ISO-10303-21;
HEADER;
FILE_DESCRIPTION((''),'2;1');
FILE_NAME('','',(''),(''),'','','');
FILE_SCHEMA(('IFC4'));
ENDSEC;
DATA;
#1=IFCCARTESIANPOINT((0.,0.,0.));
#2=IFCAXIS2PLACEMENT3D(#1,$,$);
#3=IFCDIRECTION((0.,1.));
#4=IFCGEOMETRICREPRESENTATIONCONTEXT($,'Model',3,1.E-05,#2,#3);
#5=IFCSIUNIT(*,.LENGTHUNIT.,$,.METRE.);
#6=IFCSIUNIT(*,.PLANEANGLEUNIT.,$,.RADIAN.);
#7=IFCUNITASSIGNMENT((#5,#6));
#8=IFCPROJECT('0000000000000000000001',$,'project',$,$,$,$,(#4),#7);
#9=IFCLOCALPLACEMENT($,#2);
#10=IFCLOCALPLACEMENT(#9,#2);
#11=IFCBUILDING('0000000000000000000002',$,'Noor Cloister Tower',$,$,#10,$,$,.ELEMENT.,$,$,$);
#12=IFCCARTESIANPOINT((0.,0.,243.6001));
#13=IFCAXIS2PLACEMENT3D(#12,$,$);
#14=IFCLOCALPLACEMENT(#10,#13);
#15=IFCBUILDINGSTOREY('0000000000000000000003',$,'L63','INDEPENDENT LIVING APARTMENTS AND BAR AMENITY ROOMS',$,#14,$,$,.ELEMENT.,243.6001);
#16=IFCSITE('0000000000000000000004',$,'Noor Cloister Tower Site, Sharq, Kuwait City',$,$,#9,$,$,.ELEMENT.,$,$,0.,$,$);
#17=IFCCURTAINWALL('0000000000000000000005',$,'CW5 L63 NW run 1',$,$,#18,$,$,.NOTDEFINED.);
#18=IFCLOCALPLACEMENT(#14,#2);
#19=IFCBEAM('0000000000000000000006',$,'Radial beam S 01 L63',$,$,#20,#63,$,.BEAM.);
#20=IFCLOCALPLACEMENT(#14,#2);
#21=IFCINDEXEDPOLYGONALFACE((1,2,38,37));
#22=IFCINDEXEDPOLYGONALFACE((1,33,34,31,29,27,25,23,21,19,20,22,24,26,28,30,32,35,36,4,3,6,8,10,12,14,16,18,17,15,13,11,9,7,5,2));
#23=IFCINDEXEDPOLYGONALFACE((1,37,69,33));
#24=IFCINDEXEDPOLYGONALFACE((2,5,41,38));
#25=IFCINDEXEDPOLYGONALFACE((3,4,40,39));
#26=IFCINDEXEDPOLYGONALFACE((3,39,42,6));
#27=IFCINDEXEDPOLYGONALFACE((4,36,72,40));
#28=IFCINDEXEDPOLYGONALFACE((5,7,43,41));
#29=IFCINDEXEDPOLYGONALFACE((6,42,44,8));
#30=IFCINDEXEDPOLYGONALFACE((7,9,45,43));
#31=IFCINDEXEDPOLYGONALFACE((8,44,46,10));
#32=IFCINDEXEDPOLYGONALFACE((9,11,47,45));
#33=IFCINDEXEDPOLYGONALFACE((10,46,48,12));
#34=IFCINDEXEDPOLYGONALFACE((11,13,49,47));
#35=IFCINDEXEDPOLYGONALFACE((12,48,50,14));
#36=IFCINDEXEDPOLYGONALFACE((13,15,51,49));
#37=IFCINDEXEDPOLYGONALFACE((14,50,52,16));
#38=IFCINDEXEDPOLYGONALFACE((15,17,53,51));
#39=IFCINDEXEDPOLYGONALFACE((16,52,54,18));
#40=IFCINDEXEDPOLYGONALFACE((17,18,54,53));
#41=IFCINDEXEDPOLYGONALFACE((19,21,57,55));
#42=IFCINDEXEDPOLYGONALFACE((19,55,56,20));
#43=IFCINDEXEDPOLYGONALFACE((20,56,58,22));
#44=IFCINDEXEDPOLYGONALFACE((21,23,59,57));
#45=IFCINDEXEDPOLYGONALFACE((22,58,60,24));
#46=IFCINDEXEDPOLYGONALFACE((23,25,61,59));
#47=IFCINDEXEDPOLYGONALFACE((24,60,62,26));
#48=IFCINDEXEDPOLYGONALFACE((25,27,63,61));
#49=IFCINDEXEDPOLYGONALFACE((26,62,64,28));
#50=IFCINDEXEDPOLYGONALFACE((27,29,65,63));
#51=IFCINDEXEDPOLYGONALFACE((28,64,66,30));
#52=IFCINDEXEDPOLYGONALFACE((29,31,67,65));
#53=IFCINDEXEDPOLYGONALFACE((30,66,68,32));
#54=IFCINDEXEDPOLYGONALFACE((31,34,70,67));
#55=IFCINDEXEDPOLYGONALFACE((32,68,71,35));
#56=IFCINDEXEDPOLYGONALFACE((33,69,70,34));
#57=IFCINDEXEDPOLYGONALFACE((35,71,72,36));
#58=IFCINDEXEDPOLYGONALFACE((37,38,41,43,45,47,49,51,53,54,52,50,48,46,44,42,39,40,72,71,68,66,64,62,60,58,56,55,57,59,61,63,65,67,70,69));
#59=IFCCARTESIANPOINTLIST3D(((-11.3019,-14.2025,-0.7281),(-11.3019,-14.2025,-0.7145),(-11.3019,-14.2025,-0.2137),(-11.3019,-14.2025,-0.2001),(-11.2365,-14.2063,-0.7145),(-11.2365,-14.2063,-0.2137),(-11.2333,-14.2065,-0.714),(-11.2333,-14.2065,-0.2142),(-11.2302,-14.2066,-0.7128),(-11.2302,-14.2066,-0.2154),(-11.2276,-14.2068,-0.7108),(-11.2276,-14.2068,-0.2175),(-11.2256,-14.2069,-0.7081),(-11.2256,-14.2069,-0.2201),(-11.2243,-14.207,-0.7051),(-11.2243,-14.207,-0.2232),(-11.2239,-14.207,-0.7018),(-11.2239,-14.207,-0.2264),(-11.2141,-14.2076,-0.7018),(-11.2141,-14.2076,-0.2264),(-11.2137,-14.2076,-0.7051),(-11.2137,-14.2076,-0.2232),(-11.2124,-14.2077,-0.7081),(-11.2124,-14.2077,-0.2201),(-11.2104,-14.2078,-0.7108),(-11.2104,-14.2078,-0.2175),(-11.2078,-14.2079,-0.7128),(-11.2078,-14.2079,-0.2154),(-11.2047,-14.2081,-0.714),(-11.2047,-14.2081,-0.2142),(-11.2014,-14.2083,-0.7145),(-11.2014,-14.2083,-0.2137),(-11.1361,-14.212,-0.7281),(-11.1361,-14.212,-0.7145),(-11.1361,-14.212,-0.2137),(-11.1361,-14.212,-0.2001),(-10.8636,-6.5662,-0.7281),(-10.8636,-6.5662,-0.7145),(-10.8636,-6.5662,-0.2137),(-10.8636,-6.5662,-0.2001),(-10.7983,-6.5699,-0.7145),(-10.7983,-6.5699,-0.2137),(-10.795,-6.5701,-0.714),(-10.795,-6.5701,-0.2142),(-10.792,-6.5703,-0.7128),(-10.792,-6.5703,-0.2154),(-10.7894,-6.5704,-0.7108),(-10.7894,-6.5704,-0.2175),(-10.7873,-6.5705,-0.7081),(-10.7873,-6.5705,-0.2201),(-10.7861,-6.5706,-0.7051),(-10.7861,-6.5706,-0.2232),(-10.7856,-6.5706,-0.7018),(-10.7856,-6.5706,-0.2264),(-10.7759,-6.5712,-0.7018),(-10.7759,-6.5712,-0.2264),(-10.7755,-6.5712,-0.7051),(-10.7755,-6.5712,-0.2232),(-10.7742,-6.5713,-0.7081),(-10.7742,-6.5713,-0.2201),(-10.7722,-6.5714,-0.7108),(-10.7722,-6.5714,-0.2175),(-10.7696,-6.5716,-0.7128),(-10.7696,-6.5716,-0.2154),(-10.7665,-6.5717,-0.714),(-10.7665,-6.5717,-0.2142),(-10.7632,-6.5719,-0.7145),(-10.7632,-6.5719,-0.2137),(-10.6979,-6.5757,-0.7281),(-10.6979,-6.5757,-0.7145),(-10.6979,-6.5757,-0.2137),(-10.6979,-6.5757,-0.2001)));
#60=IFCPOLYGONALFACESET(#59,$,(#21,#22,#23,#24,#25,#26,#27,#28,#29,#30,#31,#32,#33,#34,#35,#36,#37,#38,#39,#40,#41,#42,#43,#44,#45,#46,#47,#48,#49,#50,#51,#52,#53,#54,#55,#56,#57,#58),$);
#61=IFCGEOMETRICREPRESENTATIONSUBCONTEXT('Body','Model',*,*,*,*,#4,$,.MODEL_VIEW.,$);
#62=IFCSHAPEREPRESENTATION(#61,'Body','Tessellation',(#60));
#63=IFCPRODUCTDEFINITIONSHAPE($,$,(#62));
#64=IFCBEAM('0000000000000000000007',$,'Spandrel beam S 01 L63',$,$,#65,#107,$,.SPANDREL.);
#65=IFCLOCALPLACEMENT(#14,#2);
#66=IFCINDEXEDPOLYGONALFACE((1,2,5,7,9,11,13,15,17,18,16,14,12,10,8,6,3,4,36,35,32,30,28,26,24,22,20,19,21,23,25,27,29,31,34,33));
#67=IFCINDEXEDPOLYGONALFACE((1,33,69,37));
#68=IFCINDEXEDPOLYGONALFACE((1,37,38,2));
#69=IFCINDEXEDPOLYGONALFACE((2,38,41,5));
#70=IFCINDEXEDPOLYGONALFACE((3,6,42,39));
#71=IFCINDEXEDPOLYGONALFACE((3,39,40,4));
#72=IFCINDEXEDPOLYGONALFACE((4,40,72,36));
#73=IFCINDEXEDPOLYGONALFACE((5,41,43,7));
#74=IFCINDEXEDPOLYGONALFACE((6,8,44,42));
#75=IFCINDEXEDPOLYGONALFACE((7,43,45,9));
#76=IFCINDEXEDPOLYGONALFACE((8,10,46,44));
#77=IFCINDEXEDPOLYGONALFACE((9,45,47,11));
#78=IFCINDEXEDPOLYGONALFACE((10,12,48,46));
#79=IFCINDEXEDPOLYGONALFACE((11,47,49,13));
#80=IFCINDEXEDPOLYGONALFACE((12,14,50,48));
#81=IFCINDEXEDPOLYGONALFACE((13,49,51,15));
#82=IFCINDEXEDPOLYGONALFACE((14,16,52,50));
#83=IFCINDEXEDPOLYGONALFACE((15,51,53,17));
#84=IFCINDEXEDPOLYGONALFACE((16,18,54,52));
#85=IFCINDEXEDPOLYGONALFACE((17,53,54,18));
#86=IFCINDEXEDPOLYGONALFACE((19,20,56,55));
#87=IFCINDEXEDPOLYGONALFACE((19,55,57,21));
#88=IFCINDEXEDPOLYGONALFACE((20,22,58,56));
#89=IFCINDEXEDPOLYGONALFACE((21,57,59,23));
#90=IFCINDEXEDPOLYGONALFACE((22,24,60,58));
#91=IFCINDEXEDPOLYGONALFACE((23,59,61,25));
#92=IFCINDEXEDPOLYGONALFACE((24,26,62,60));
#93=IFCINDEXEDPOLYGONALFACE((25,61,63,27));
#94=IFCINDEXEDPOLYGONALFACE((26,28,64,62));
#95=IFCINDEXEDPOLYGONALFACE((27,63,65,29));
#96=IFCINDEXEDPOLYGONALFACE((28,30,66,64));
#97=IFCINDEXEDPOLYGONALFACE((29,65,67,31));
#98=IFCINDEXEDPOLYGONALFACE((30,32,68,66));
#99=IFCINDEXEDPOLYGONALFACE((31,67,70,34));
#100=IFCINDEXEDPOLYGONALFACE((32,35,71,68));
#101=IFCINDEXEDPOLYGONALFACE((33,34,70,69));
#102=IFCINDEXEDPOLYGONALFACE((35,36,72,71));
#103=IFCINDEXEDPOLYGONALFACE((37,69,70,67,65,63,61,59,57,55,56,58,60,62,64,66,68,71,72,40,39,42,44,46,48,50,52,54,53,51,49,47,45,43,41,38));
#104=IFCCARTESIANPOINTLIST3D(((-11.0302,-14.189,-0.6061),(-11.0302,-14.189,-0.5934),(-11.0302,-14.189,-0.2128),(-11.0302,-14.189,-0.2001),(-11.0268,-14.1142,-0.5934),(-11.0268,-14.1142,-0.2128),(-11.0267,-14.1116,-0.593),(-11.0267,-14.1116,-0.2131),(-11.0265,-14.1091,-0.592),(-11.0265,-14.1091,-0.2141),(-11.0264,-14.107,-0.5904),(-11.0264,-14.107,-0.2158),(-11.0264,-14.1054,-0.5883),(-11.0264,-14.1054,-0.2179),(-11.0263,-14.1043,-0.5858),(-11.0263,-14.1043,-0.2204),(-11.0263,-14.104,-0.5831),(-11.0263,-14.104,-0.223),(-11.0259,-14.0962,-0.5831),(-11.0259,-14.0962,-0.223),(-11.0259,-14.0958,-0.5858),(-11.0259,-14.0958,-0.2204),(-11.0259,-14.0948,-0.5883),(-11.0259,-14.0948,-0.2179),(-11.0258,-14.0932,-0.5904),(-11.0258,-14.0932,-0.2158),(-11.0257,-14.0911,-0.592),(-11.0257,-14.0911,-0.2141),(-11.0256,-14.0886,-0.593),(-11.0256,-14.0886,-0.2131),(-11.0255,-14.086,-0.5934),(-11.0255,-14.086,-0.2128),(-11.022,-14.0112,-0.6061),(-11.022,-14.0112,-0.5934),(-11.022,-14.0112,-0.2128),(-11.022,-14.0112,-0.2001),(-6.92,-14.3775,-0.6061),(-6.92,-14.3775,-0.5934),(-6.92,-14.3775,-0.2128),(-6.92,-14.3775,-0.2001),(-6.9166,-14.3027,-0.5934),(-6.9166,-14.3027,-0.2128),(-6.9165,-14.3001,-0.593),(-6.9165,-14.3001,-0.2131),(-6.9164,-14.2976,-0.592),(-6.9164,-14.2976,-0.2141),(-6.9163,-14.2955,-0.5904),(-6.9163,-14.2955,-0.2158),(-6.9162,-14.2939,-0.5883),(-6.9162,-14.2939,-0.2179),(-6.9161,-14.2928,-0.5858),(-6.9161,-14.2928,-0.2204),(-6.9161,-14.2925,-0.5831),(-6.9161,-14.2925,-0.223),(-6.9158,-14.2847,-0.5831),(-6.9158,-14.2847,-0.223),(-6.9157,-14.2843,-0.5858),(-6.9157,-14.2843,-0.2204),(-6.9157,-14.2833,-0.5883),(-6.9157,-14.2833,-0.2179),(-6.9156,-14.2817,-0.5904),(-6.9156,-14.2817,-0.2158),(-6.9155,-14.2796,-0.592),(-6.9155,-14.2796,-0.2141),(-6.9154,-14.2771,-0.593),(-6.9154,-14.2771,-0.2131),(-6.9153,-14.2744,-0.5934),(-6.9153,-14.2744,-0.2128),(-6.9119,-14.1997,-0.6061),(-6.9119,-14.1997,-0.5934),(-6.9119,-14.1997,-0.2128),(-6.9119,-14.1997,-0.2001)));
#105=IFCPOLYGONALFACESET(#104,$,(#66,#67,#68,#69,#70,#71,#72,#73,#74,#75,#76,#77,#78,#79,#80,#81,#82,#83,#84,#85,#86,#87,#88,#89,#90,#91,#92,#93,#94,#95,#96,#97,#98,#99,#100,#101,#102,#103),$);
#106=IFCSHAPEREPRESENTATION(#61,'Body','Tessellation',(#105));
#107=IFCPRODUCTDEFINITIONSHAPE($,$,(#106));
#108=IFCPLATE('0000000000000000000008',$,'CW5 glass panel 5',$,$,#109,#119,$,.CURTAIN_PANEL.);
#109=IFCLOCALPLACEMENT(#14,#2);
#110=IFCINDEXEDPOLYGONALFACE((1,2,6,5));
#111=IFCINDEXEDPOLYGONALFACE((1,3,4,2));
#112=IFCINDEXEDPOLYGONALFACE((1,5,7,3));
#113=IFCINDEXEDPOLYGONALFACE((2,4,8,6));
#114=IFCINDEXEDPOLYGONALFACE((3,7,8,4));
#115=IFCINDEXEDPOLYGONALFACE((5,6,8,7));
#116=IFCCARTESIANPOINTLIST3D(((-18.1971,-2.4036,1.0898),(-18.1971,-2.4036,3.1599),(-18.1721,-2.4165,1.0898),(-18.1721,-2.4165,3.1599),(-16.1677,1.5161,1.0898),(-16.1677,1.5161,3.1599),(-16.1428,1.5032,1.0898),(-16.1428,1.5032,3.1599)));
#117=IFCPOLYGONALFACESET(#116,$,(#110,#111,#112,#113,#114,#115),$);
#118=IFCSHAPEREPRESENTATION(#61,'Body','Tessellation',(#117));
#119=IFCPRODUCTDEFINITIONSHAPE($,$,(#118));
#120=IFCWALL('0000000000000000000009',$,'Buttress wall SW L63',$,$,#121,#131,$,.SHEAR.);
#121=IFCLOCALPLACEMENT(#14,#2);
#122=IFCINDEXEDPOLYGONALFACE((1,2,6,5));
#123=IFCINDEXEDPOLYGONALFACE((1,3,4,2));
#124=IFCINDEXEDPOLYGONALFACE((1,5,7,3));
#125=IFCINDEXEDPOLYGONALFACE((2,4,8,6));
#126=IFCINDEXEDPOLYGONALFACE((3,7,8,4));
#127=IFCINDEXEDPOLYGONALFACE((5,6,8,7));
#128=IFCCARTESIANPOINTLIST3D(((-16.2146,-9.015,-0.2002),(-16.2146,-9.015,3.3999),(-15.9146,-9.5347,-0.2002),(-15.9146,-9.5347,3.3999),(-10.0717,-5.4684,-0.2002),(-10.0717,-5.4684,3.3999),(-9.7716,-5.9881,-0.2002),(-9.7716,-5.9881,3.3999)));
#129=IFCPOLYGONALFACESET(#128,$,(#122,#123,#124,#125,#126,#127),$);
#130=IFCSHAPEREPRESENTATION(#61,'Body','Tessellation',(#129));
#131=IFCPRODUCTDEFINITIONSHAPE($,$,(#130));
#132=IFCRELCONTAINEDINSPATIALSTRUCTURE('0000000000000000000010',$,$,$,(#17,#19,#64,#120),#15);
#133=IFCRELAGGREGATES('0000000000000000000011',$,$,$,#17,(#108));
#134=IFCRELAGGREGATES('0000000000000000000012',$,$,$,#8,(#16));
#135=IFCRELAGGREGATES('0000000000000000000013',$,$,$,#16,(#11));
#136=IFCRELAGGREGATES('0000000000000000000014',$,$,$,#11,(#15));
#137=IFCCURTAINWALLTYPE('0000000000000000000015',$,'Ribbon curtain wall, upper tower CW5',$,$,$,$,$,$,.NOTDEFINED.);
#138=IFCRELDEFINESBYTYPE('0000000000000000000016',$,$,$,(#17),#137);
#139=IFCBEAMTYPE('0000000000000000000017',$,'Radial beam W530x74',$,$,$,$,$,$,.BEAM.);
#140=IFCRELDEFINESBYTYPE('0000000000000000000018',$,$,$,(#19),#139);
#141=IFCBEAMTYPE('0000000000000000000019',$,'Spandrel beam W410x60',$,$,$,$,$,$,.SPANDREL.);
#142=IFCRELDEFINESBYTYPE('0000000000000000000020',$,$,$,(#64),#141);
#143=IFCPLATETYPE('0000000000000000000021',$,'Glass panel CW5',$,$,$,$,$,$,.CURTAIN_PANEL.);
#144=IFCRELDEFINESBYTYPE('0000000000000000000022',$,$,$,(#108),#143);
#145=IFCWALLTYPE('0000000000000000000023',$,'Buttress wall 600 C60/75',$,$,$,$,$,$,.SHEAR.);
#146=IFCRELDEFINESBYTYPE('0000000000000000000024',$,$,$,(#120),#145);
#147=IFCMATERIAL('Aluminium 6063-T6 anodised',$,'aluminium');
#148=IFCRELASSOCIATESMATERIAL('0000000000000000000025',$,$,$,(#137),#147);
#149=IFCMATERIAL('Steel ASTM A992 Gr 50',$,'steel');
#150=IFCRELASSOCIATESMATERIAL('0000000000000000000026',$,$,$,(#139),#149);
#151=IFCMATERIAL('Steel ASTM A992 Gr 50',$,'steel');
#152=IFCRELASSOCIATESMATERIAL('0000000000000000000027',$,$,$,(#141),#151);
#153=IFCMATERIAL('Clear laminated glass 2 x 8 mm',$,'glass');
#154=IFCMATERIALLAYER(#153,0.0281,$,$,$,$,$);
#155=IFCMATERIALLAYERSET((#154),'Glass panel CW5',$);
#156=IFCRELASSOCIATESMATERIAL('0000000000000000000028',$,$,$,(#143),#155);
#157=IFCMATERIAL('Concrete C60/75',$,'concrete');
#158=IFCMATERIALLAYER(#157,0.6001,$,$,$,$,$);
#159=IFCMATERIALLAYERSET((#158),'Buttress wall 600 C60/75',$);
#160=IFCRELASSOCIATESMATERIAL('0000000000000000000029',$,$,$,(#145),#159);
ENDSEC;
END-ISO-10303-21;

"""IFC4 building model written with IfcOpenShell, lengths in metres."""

from ifc_helpers import new_model, si_unit, direction, frame, frame_2d, origin, origin_2d, place, context, subcontext, project, spatial, rectangle, i_section, extrude, material, layer, layer_set, material_profile, profile_set, type_object, element, aggregate, save


model = new_model("IFC4")

# Units and contexts
model_context = context("Model", 3, precision=1e-05, world=origin(), true_north=direction((0.0, 1.0)))
body_context = subcontext(model_context, "Body", "Model", "MODEL_VIEW")
ifc_project = project(units=[si_unit("LENGTHUNIT", "METRE"), si_unit("PLANEANGLEUNIT", "RADIAN")], contexts=[model_context])

# Site, building, storey
site_placement = place(None, origin())
site = spatial("IfcSite", under=ifc_project, at=site_placement, Name="Noor Cloister Tower Site, Sharq, Kuwait City", CompositionType="ELEMENT", RefElevation=0.0)
building_placement = place(site_placement, origin())
building = spatial("IfcBuilding", under=site, at=building_placement, Name="Noor Cloister Tower", CompositionType="ELEMENT")
storey_placement = place(building_placement, frame((0.0, 0.0, 243.6001)))
storey = spatial("IfcBuildingStorey", under=building, at=storey_placement, Name="L63", Description="INDEPENDENT LIVING APARTMENTS AND BAR AMENITY ROOMS", CompositionType="ELEMENT", Elevation=243.6001)

# Curtain wall
ifc_material_1 = material(Name="Aluminium 6063-T6 anodised", Category="aluminium")
curtain_wall_type = type_object("IfcCurtainWallType", Name="Ribbon curtain wall, upper tower CW5", PredefinedType="NOTDEFINED", material=ifc_material_1)
curtain_wall_1_placement = place(storey_placement, origin())
curtain_wall_1 = element("IfcCurtainWall", 1, at=curtain_wall_1_placement, inside=storey, type_object=curtain_wall_type, Name="CW5 L63 NW run 1", PredefinedType="NOTDEFINED")

# Beams
ifc_material_2 = material(Name="Steel ASTM A992 Gr 50", Category="steel")
ifc_material_profile_1 = material_profile(ifc_material_2, i_section(OverallWidth=0.166, OverallDepth=0.5281, WebThickness=0.0098, FlangeThickness=0.0137, FilletRadius=0.0127, at=origin_2d()), Name="W530x74")
ifc_profile_set_1 = profile_set([ifc_material_profile_1], Name="Steel ASTM A992 Gr 50")
beam_type_1 = type_object("IfcBeamType", Name="Radial beam W530x74", PredefinedType="BEAM", material=ifc_profile_set_1)
beam_1_placement = place(storey_placement, frame((-11.219, -14.2073, -0.4641), z_axis=(0.057292, 0.998357, 0.0), x_axis=(-0.998357, 0.057292, 0.0)))
element("IfcBeam", 2, at=beam_1_placement, inside=storey, type_object=beam_type_1, Name="Radial beam S 01 L63", PredefinedType="BEAM", context=body_context, shape_type="SweptSolid", body=[
    extrude(i_section(OverallWidth=0.166, OverallDepth=0.5281, WebThickness=0.0098, FlangeThickness=0.0137, FilletRadius=0.0127, at=origin_2d()), origin(), (0.0, 0.0, 1.0), 7.6489),
])
ifc_material_3 = material(Name="Steel ASTM A992 Gr 50", Category="steel")
ifc_material_profile_2 = material_profile(ifc_material_3, i_section(OverallWidth=0.178, OverallDepth=0.406, WebThickness=0.0078, FlangeThickness=0.0127, FilletRadius=0.0103, at=origin_2d()), Name="W410x60")
ifc_profile_set_2 = profile_set([ifc_material_profile_2], Name="Steel ASTM A992 Gr 50")
beam_type_2 = type_object("IfcBeamType", Name="Spandrel beam W410x60", PredefinedType="SPANDREL", material=ifc_profile_set_2)
beam_2_placement = place(storey_placement, frame((-11.0261, -14.1001, -0.4031), z_axis=(0.99895, -0.045809, 0.0), x_axis=(0.045809, 0.99895, 0.0)))
element("IfcBeam", 3, at=beam_2_placement, inside=storey, type_object=beam_type_2, Name="Spandrel beam S 01 L63", PredefinedType="SPANDREL", context=body_context, shape_type="SweptSolid", body=[
    extrude(i_section(OverallWidth=0.178, OverallDepth=0.406, WebThickness=0.0078, FlangeThickness=0.0127, FilletRadius=0.0103, at=origin_2d()), origin(), (0.0, 0.0, 1.0), 4.1145),
])

# Plate
ifc_material_4 = material(Name="Clear laminated glass 2 x 8 mm", Category="glass")
ifc_layer_1 = layer(ifc_material_4, 0.0281)
ifc_layer_set_1 = layer_set([ifc_layer_1], Name="Glass panel CW5")
plate_type = type_object("IfcPlateType", Name="Glass panel CW5", PredefinedType="CURTAIN_PANEL", material=ifc_layer_set_1)
plate_placement = place(storey_placement, frame((-17.1699, -0.4502, 1.0898), z_axis=(0.0, 0.0, 1.0), x_axis=(-0.459778, -0.888034, 0.0)))
plate = element("IfcPlate", 4, at=plate_placement, type_object=plate_type, Name="CW5 glass panel 5", PredefinedType="CURTAIN_PANEL", context=body_context, shape_type="SweptSolid", body=[
    extrude(rectangle(XDim=4.4138, YDim=0.0281, at=origin_2d()), origin(), (0.0, 0.0, 1.0), 2.0701),
])
aggregate(curtain_wall_1, [plate])

# Wall
ifc_material_5 = material(Name="Concrete C60/75", Category="concrete")
ifc_layer_2 = layer(ifc_material_5, 0.6001)
ifc_layer_set_2 = layer_set([ifc_layer_2], Name="Buttress wall 600 C60/75")
wall_type_1 = type_object("IfcWallType", Name="Buttress wall 600 C60/75", PredefinedType="SHEAR", material=ifc_layer_set_2)
wall_1_placement = place(storey_placement, frame((-9.9216, -5.7283, -0.2002), z_axis=(0.0, 0.0, 1.0), x_axis=(-0.86603, -0.499993, 0.0)))
element("IfcWall", 5, at=wall_1_placement, inside=storey, type_object=wall_type_1, Name="Buttress wall SW L63", PredefinedType="SHEAR", context=body_context, shape_type="SweptSolid", body=[
    extrude(rectangle(XDim=7.0933, YDim=0.6001, at=frame_2d((3.5466, 0.0))), origin(), (0.0, 0.0, 1.0), 3.6001),
])

save(model, "model.ifc")
